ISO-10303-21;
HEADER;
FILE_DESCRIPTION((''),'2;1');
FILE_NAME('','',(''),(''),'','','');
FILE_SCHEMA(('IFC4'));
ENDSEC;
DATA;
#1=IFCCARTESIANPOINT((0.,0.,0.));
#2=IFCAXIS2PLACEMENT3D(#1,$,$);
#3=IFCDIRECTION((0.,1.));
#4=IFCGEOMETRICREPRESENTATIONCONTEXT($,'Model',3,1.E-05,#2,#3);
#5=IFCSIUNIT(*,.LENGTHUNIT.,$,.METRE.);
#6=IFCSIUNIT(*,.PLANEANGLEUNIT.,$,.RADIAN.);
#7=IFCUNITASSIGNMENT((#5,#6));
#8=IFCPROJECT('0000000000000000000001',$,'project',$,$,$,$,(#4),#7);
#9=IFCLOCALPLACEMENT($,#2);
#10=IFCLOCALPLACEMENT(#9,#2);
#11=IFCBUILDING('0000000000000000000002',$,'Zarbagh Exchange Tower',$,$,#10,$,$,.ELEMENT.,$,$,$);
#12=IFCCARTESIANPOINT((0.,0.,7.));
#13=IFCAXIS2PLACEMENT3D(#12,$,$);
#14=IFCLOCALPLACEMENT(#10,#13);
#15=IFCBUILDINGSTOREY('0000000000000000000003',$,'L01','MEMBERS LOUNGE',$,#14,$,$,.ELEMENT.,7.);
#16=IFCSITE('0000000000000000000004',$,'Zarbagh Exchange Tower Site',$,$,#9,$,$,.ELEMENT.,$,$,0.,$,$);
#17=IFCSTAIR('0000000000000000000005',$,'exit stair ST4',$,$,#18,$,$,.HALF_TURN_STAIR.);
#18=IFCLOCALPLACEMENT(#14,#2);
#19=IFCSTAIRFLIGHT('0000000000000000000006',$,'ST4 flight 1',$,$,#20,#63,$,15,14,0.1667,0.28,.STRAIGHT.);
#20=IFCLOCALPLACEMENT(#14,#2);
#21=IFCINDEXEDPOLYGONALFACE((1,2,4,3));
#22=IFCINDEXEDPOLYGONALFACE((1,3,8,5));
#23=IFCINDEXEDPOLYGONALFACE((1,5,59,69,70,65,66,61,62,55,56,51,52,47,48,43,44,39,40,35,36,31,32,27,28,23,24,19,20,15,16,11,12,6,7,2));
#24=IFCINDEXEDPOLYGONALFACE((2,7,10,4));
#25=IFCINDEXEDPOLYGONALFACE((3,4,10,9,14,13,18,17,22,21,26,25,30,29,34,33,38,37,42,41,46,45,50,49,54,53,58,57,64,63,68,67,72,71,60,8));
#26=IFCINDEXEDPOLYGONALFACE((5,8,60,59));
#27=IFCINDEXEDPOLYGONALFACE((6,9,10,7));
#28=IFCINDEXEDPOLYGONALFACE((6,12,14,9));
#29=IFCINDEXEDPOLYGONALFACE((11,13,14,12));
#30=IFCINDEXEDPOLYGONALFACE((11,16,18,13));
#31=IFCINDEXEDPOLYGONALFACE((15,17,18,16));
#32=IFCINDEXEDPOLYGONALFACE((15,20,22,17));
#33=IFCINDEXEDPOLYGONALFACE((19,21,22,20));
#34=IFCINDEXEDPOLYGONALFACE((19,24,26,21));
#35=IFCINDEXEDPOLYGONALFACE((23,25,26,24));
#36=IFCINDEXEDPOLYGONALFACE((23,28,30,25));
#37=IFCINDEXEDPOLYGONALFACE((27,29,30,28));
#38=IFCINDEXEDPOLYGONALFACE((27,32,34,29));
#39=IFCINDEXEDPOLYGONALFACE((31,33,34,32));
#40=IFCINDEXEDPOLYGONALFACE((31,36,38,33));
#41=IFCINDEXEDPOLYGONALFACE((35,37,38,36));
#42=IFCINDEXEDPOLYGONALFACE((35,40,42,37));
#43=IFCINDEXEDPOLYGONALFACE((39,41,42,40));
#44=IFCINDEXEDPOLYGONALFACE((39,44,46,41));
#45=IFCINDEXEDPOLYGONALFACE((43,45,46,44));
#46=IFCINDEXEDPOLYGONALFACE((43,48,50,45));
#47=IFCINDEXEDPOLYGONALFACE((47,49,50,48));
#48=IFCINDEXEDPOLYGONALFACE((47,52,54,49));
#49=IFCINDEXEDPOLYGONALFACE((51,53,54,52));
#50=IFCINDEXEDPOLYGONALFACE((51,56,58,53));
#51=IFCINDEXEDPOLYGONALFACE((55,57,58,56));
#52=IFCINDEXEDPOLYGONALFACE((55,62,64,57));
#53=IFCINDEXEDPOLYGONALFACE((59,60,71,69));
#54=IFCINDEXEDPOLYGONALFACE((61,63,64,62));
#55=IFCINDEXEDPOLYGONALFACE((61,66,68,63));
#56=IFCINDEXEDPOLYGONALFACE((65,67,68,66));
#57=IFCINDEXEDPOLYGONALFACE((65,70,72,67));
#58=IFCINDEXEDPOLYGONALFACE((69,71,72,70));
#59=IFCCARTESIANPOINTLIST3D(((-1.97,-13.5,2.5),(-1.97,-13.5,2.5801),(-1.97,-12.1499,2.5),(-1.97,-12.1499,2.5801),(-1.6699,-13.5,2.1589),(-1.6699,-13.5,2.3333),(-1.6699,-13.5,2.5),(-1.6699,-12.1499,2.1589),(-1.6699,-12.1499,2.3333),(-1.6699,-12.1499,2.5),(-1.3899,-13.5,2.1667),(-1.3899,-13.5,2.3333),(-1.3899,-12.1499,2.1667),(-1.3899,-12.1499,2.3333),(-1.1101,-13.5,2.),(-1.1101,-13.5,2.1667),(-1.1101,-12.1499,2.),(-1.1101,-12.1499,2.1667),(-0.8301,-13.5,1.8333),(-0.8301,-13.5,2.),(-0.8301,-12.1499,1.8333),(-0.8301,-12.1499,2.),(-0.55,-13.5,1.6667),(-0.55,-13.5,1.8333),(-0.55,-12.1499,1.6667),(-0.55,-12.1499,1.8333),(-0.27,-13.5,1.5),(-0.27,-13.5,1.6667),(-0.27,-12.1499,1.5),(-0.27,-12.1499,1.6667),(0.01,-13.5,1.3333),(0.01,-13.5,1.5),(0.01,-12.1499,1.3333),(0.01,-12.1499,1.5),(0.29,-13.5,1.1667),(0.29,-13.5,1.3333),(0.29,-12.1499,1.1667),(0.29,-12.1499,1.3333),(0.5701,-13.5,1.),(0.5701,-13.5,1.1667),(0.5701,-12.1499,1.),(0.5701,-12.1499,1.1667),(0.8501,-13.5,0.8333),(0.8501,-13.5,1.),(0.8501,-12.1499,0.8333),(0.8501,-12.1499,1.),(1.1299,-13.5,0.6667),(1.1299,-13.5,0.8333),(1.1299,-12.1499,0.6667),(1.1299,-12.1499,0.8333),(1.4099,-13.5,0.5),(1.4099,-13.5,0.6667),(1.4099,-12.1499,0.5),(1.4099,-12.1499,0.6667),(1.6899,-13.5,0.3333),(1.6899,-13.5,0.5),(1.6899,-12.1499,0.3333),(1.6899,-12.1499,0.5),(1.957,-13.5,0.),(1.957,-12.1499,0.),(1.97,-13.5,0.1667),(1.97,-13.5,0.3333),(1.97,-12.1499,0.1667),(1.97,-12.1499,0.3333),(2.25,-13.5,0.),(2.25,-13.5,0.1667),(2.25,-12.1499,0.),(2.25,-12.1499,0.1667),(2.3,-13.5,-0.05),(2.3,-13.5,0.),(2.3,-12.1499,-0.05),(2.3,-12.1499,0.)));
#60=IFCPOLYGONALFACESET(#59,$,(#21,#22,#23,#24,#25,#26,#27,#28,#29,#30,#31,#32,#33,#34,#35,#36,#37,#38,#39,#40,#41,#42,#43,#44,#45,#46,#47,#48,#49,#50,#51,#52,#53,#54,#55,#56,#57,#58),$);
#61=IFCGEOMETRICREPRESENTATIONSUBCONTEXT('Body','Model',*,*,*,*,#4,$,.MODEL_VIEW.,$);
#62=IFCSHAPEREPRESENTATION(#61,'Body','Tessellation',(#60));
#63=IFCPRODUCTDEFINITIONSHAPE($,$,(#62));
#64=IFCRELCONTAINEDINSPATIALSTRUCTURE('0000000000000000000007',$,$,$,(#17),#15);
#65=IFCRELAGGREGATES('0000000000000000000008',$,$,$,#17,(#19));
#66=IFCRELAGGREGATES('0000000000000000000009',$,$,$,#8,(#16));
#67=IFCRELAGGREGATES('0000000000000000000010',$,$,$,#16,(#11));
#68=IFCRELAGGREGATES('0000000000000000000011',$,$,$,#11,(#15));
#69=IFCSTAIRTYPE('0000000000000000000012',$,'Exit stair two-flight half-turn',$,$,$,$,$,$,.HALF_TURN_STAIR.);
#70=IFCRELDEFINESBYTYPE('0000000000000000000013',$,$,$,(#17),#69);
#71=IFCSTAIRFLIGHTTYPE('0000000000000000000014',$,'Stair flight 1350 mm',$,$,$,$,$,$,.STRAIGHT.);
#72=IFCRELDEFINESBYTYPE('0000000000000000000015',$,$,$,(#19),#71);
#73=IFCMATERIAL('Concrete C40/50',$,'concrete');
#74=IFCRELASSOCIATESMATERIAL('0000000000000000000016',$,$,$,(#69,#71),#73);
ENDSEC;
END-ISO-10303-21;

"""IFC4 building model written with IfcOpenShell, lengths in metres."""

from ifc_helpers import new_model, si_unit, direction, frame, origin, place, context, subcontext, project, spatial, polyline, outline, extrude, material, type_object, element, aggregate, save


model = new_model("IFC4")

# Units and contexts
model_context = context("Model", 3, precision=1e-05, world=origin(), true_north=direction((0.0, 1.0)))
body_context = subcontext(model_context, "Body", "Model", "MODEL_VIEW")
ifc_project = project(units=[si_unit("LENGTHUNIT", "METRE"), si_unit("PLANEANGLEUNIT", "RADIAN")], contexts=[model_context])

# Site, building, storey
site_placement = place(None, origin())
site = spatial("IfcSite", under=ifc_project, at=site_placement, Name="Zarbagh Exchange Tower Site", CompositionType="ELEMENT", RefElevation=0.0)
building_placement = place(site_placement, origin())
building = spatial("IfcBuilding", under=site, at=building_placement, Name="Zarbagh Exchange Tower", CompositionType="ELEMENT")
storey_placement = place(building_placement, frame((0.0, 0.0, 7.0)))
storey = spatial("IfcBuildingStorey", under=building, at=storey_placement, Name="L01", Description="MEMBERS LOUNGE", CompositionType="ELEMENT", Elevation=7.0)

# Shared definitions
ifc_material_1 = material(Name="Concrete C40/50", Category="concrete")

# Stair, stair flight
stair_type = type_object("IfcStairType", Name="Exit stair two-flight half-turn", PredefinedType="HALF_TURN_STAIR", material=ifc_material_1)
stair_flight_type = type_object("IfcStairFlightType", Name="Stair flight 1350 mm", PredefinedType="STRAIGHT", material=ifc_material_1)
stair_1_placement = place(storey_placement, origin())
stair_1 = element("IfcStair", 1, at=stair_1_placement, inside=storey, type_object=stair_type, Name="exit stair ST4", PredefinedType="HALF_TURN_STAIR")
stair_flight_1_placement = place(storey_placement, frame((2.25, -12.825, 0.0), z_axis=(0.0, 0.0, 1.0), x_axis=(-1.0, 0.0, 0.0)))
stair_flight_1 = element("IfcStairFlight", 2, at=stair_flight_1_placement, type_object=stair_flight_type, Name="ST4 flight 1", NumberOfRisers=15, NumberOfTreads=14, PredefinedType="STRAIGHT", RiserHeight=0.1667, TreadLength=0.28, context=body_context, shape_type="SweptSolid", body=[
    extrude(outline(polyline([(-0.05, -0.05), (-0.05, 0.0), (0.0, 0.0), (0.0, 0.1667), (0.28, 0.1667), (0.28, 0.3333), (0.5601, 0.3333), (0.5601, 0.5), (0.8401, 0.5), (0.8401, 0.6667), (1.1201, 0.6667), (1.1201, 0.8333), (1.3999, 0.8333), (1.3999, 1.0), (1.6799, 1.0), (1.6799, 1.1667), (1.96, 1.1667), (1.96, 1.3333), (2.24, 1.3333), (2.24, 1.5), (2.52, 1.5), (2.52, 1.6667), (2.8, 1.6667), (2.8, 1.8333), (3.0801, 1.8333), (3.0801, 2.0), (3.3601, 2.0), (3.3601, 2.1667), (3.6399, 2.1667), (3.6399, 2.3333), (3.9199, 2.3333), (3.9199, 2.5), (4.22, 2.5801), (4.22, 2.5), (3.9199, 2.1589), (0.293, 0.0), (-0.05, -0.05)])), frame((0.0, 0.675, 0.0), z_axis=(0.0, -1.0, 0.0), x_axis=(1.0, 0.0, 0.0)), (0.0, 0.0, 1.0), 1.3501),
])
aggregate(stair_1, [stair_flight_1])

save(model, "model.ifc")
